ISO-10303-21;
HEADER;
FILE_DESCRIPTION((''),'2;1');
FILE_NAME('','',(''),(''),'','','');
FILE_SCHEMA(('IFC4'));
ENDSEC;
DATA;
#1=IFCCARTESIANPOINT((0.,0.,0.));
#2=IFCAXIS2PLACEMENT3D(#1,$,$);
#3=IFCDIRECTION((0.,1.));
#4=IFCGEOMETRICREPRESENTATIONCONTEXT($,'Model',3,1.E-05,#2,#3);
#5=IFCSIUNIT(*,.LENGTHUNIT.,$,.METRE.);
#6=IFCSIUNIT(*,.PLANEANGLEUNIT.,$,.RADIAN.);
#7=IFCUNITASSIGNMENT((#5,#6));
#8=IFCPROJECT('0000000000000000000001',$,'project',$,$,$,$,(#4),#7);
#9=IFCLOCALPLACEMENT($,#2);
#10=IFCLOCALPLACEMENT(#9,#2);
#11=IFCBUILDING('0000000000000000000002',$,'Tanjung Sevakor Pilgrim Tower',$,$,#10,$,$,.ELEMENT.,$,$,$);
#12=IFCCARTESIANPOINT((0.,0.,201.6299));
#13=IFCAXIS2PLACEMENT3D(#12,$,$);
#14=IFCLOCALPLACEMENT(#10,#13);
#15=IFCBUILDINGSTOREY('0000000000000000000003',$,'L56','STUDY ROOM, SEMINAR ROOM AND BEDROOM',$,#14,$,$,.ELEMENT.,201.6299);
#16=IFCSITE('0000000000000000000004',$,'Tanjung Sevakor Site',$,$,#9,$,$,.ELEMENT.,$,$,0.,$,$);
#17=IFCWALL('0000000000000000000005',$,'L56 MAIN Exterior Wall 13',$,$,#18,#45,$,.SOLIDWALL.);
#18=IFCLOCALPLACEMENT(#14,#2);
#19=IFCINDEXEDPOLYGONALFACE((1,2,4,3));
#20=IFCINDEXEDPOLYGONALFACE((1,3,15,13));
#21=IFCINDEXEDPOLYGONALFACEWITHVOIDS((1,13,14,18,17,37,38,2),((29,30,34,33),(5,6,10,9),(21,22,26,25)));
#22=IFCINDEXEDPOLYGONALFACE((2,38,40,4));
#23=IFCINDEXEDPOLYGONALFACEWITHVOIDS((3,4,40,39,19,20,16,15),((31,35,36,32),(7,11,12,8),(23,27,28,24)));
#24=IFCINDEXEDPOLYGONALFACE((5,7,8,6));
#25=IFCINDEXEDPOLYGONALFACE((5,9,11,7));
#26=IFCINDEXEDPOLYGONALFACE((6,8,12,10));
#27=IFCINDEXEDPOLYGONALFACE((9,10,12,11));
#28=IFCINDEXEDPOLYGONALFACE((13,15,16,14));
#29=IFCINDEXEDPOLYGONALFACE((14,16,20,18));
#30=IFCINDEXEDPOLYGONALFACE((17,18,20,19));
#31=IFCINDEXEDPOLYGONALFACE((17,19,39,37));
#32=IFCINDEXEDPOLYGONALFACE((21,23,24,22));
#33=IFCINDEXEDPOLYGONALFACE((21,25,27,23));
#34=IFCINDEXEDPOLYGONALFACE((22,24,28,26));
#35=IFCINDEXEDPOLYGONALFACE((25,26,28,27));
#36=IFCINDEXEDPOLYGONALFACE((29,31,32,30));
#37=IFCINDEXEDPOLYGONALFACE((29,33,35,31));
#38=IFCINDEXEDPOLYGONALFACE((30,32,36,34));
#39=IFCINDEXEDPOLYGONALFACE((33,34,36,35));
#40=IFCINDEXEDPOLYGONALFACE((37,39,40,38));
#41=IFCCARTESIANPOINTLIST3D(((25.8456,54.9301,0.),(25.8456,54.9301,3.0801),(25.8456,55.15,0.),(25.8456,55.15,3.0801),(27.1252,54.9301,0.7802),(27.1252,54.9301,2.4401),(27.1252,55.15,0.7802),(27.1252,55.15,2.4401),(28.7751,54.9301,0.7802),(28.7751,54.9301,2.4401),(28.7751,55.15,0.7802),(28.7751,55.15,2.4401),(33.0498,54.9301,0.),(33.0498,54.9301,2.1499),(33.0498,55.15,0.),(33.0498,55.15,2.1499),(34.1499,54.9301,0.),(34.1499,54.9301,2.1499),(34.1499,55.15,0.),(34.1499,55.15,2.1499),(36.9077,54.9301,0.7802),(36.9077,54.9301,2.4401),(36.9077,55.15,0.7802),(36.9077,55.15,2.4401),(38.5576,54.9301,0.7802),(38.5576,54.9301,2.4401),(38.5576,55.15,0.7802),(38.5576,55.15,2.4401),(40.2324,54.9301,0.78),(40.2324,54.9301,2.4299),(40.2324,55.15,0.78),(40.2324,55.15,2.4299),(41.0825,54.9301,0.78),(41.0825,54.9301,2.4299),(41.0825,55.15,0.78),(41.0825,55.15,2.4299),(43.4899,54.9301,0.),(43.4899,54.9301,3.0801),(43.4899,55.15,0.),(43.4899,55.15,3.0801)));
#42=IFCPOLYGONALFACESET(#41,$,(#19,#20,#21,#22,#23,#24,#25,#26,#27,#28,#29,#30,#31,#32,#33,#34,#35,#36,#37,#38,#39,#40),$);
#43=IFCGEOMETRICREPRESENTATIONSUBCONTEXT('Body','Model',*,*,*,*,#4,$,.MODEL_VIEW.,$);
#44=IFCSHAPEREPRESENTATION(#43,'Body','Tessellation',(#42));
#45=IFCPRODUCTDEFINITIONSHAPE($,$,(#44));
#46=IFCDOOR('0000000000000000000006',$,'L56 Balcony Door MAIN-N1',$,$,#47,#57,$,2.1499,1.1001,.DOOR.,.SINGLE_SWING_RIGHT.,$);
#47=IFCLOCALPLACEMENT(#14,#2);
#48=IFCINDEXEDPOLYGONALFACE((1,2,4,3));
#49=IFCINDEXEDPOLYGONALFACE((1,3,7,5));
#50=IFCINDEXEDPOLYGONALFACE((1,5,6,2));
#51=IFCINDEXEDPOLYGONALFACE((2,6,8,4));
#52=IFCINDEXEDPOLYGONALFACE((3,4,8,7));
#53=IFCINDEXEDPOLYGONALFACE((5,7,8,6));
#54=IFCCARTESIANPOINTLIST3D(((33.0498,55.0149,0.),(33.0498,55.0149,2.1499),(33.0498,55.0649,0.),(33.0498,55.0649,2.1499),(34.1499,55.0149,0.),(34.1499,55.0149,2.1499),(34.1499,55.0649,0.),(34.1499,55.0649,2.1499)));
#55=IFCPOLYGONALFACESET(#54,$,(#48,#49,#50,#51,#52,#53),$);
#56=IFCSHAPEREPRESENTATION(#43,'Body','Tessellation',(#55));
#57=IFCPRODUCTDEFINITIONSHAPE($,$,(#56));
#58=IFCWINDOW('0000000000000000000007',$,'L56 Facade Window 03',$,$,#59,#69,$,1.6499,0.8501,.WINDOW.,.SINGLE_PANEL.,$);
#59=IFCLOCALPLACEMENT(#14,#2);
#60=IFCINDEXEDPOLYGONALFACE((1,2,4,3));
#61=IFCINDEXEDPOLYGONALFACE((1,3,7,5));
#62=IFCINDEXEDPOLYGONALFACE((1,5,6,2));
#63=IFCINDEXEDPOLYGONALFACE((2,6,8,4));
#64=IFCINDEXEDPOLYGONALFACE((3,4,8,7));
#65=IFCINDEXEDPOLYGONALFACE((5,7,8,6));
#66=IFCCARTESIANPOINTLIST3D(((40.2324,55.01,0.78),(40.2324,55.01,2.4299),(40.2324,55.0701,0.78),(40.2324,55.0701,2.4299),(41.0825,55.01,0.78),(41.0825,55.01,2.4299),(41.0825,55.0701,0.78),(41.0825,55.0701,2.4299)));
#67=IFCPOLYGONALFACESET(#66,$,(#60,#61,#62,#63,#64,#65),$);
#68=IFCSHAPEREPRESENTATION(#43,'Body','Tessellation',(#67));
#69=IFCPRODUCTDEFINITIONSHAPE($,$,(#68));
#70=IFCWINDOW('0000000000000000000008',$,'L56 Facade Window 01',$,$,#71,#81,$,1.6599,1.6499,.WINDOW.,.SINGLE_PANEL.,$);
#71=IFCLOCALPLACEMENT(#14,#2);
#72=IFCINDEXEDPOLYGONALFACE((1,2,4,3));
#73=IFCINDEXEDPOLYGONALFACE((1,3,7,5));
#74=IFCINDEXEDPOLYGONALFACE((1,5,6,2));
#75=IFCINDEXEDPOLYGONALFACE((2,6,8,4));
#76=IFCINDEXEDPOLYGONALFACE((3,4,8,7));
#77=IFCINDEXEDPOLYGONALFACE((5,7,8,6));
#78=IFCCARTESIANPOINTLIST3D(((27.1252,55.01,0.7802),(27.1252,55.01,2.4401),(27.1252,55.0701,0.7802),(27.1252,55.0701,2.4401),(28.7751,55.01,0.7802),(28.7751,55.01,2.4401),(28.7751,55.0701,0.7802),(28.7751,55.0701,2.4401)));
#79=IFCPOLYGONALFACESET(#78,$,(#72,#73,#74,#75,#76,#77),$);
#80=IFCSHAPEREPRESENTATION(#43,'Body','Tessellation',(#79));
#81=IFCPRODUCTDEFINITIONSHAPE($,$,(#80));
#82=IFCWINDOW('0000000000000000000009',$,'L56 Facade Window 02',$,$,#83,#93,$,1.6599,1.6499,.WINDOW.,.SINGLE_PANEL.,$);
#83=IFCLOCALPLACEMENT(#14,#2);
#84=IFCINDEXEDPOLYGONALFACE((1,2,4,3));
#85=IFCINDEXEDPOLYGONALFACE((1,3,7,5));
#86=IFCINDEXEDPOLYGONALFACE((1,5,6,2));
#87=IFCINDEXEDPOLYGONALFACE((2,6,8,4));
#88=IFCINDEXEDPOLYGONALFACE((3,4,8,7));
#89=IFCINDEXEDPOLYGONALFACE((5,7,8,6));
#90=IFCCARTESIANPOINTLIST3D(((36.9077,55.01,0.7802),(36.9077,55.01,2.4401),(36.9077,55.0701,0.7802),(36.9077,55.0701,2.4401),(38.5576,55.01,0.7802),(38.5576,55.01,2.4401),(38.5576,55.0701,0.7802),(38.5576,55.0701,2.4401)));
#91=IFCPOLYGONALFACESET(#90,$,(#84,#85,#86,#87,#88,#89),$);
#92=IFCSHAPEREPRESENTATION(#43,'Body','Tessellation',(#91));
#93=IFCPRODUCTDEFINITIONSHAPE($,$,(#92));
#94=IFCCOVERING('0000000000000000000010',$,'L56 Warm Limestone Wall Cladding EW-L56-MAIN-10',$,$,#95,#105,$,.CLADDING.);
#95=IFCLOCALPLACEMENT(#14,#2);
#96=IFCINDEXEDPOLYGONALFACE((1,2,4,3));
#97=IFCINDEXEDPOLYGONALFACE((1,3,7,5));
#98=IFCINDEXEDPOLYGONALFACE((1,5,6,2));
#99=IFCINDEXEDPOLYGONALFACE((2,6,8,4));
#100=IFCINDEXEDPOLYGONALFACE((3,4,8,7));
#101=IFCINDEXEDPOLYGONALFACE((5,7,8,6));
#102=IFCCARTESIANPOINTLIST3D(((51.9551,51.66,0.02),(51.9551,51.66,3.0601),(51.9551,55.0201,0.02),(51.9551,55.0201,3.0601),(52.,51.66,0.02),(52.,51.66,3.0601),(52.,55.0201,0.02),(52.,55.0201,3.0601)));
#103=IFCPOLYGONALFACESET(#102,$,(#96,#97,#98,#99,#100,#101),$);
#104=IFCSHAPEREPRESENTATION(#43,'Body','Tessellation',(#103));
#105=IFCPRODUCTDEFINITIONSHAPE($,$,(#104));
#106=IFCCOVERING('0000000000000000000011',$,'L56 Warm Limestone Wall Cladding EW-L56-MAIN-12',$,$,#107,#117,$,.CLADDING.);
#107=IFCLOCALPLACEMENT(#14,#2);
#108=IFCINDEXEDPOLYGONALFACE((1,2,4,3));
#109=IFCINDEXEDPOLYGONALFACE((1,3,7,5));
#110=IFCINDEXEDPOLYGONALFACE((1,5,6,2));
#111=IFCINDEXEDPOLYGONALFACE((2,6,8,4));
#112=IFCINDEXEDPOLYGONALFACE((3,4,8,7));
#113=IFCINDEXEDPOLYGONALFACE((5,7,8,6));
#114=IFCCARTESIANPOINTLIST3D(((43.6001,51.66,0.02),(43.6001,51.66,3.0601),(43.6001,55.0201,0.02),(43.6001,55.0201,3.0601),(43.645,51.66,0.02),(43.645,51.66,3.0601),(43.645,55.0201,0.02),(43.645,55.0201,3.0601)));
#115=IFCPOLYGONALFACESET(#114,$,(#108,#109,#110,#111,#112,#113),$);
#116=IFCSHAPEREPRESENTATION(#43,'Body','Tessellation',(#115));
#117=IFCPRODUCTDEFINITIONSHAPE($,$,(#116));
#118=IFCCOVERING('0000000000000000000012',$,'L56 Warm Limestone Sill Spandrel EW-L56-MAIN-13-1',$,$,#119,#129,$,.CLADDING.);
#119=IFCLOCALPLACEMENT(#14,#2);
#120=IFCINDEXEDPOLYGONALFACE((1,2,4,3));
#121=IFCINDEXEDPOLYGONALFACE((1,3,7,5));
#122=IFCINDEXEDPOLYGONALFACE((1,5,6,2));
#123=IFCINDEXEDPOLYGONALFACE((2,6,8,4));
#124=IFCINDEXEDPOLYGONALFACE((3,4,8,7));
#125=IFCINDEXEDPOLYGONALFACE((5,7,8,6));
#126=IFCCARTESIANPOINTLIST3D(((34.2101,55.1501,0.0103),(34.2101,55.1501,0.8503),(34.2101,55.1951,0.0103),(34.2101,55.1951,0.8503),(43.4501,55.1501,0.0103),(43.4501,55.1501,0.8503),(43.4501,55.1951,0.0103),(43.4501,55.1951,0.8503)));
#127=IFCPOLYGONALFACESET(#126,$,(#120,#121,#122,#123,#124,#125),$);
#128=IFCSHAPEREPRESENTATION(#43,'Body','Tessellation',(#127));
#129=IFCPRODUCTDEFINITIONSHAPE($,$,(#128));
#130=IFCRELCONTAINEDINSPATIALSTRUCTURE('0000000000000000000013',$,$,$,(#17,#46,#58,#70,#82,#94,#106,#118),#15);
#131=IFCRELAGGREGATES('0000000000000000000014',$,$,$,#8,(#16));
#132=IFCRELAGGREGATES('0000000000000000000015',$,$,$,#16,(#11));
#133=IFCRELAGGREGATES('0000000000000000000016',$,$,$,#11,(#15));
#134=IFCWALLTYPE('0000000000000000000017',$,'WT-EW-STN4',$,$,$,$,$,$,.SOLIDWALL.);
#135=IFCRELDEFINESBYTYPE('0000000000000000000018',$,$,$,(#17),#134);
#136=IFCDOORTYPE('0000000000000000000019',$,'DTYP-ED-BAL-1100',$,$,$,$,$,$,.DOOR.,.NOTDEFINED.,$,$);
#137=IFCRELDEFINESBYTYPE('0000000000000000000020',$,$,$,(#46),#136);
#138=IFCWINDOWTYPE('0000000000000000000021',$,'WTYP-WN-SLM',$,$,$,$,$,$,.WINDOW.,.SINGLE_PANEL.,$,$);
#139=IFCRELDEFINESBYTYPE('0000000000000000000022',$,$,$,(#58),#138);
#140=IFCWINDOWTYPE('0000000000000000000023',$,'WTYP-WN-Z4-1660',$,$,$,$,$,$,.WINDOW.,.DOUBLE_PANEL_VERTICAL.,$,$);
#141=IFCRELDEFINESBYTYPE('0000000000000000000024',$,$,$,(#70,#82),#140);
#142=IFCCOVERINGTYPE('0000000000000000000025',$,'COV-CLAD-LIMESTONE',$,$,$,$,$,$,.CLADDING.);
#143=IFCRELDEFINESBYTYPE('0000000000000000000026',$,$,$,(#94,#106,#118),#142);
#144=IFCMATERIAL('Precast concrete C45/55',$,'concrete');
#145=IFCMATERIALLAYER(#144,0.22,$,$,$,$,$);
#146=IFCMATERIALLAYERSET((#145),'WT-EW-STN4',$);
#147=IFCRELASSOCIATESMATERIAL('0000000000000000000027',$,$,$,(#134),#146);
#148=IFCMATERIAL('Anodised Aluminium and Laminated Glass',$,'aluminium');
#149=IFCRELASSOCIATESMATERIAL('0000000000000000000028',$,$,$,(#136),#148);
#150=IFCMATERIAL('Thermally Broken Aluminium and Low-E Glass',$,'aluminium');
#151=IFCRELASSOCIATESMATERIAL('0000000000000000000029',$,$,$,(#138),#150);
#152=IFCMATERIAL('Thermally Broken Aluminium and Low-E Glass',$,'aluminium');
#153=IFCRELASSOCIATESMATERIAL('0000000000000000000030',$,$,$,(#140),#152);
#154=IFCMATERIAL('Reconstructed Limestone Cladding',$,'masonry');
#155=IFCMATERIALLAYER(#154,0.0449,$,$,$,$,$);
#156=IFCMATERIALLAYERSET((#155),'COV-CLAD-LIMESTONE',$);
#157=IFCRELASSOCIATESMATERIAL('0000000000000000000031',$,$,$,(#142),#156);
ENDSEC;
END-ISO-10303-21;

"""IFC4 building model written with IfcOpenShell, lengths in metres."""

from ifc_helpers import new_model, si_unit, direction, frame, frame_2d, origin, origin_2d, place, context, subcontext, project, spatial, rectangle, extrude, material, layer, layer_set, type_object, element, fill, save


model = new_model("IFC4")

# Units and contexts
model_context = context("Model", 3, precision=1e-05, world=origin(), true_north=direction((0.0, 1.0)))
body_context = subcontext(model_context, "Body", "Model", "MODEL_VIEW")
ifc_project = project(units=[si_unit("LENGTHUNIT", "METRE"), si_unit("PLANEANGLEUNIT", "RADIAN")], contexts=[model_context])

# Site, building, storey
site_placement = place(None, origin())
site = spatial("IfcSite", under=ifc_project, at=site_placement, Name="Tanjung Sevakor Site", CompositionType="ELEMENT", RefElevation=0.0)
building_placement = place(site_placement, origin())
building = spatial("IfcBuilding", under=site, at=building_placement, Name="Tanjung Sevakor Pilgrim Tower", CompositionType="ELEMENT")
storey_placement = place(building_placement, frame((0.0, 0.0, 201.6299)))
storey = spatial("IfcBuildingStorey", under=building, at=storey_placement, Name="L56", Description="STUDY ROOM, SEMINAR ROOM AND BEDROOM", CompositionType="ELEMENT", Elevation=201.6299)

# Shared definitions
ifc_material_1 = material(Name="Precast concrete C45/55", Category="concrete")
ifc_layer_1 = layer(ifc_material_1, 0.22)
ifc_layer_set_1 = layer_set([ifc_layer_1], Name="WT-EW-STN4")
wall_type_1 = type_object("IfcWallType", Name="WT-EW-STN4", PredefinedType="SOLIDWALL", material=ifc_layer_set_1)

# Wall, openings, door, windows
wall_1_placement = place(storey_placement, frame((43.49, 55.04, 0.0), z_axis=(0.0, 0.0, 1.0), x_axis=(-1.0, 0.0, 0.0)))
wall_1 = element("IfcWall", 1, at=wall_1_placement, inside=storey, type_object=wall_type_1, Name="L56 MAIN Exterior Wall 13", PredefinedType="SOLIDWALL", context=body_context, shape_type="SweptSolid", body=[
    extrude(rectangle(XDim=17.6443, YDim=0.22, at=frame_2d((8.8223, 0.0))), origin(), (0.0, 0.0, 1.0), 3.0801),
])
opening_1_placement = place(wall_1_placement, frame((9.3401, 0.0, 0.0)))
opening_1 = element("IfcOpeningElement", 2, at=opening_1_placement, cuts=wall_1, PredefinedType="OPENING", context=body_context, shape_type="SweptSolid", body=[
    extrude(rectangle(XDim=1.1001, YDim=2.1499, at=frame_2d((0.55, 1.075))), frame((0.0, 0.1199, 0.0), z_axis=(0.0, -1.0, 0.0), x_axis=(1.0, 0.0, 0.0)), (0.0, 0.0, 1.0), 0.24),
])
opening_2_placement = place(wall_1_placement, frame((14.7148, 0.0, 0.78)))
opening_2 = element("IfcOpeningElement", 3, at=opening_2_placement, cuts=wall_1, PredefinedType="OPENING", context=body_context, shape_type="SweptSolid", body=[
    extrude(rectangle(XDim=1.6499, YDim=1.6599, at=frame_2d((0.825, 0.8301))), frame((0.0, 0.1199, 0.0), z_axis=(0.0, -1.0, 0.0), x_axis=(1.0, 0.0, 0.0)), (0.0, 0.0, 1.0), 0.24),
])
opening_3_placement = place(wall_1_placement, frame((4.9324, 0.0, 0.78)))
opening_3 = element("IfcOpeningElement", 4, at=opening_3_placement, cuts=wall_1, PredefinedType="OPENING", context=body_context, shape_type="SweptSolid", body=[
    extrude(rectangle(XDim=1.6499, YDim=1.6599, at=frame_2d((0.825, 0.8301))), frame((0.0, 0.1199, 0.0), z_axis=(0.0, -1.0, 0.0), x_axis=(1.0, 0.0, 0.0)), (0.0, 0.0, 1.0), 0.24),
])
opening_4_placement = place(wall_1_placement, frame((2.4075, 0.0, 0.78)))
opening_4 = element("IfcOpeningElement", 5, at=opening_4_placement, cuts=wall_1, PredefinedType="OPENING", context=body_context, shape_type="SweptSolid", body=[
    extrude(rectangle(XDim=0.8501, YDim=1.6499, at=frame_2d((0.425, 0.825))), frame((0.0, 0.1199, 0.0), z_axis=(0.0, -1.0, 0.0), x_axis=(1.0, 0.0, 0.0)), (0.0, 0.0, 1.0), 0.24),
])
ifc_material_2 = material(Name="Anodised Aluminium and Laminated Glass", Category="aluminium")
door_type_1 = type_object("IfcDoorType", Name="DTYP-ED-BAL-1100", OperationType="NOTDEFINED", PredefinedType="DOOR", material=ifc_material_2)
door_1_placement = place(opening_1_placement, frame((1.1001, 0.0, 0.0), z_axis=(0.0, 0.0, 1.0), x_axis=(-1.0, 0.0, 0.0)))
door_1 = element("IfcDoor", 6, at=door_1_placement, inside=storey, type_object=door_type_1, Name="L56 Balcony Door MAIN-N1", OperationType="SINGLE_SWING_RIGHT", OverallHeight=2.1499, OverallWidth=1.1001, PredefinedType="DOOR", context=body_context, shape_type="SweptSolid", body=[
    extrude(rectangle(XDim=1.1001, YDim=2.1499, at=frame_2d((0.55, 1.075))), frame((0.0, 0.0249, 0.0), z_axis=(0.0, -1.0, 0.0), x_axis=(1.0, 0.0, 0.0)), (0.0, 0.0, 1.0), 0.05),
])
fill(opening_1, door_1)
ifc_material_3 = material(Name="Thermally Broken Aluminium and Low-E Glass", Category="aluminium")
window_type_1 = type_object("IfcWindowType", Name="WTYP-WN-SLM", PartitioningType="SINGLE_PANEL", PredefinedType="WINDOW", material=ifc_material_3)
window_1_placement = place(opening_4_placement, origin())
window_1 = element("IfcWindow", 7, at=window_1_placement, inside=storey, type_object=window_type_1, Name="L56 Facade Window 03", OverallHeight=1.6499, OverallWidth=0.8501, PartitioningType="SINGLE_PANEL", PredefinedType="WINDOW", context=body_context, shape_type="SweptSolid", body=[
    extrude(rectangle(XDim=0.8501, YDim=1.6499, at=frame_2d((0.425, 0.825))), frame((0.0, 0.03, 0.0), z_axis=(0.0, -1.0, 0.0), x_axis=(1.0, 0.0, 0.0)), (0.0, 0.0, 1.0), 0.0601),
])
fill(opening_4, window_1)
ifc_material_4 = material(Name="Thermally Broken Aluminium and Low-E Glass", Category="aluminium")
window_type_2 = type_object("IfcWindowType", Name="WTYP-WN-Z4-1660", PartitioningType="DOUBLE_PANEL_VERTICAL", PredefinedType="WINDOW", material=ifc_material_4)
window_2_placement = place(opening_2_placement, origin())
window_2 = element("IfcWindow", 8, at=window_2_placement, inside=storey, type_object=window_type_2, Name="L56 Facade Window 01", OverallHeight=1.6599, OverallWidth=1.6499, PartitioningType="SINGLE_PANEL", PredefinedType="WINDOW", context=body_context, shape_type="SweptSolid", body=[
    extrude(rectangle(XDim=1.6499, YDim=1.6599, at=frame_2d((0.825, 0.8301))), frame((0.0, 0.03, 0.0), z_axis=(0.0, -1.0, 0.0), x_axis=(1.0, 0.0, 0.0)), (0.0, 0.0, 1.0), 0.0601),
])
fill(opening_2, window_2)
window_3_placement = place(opening_3_placement, origin())
window_3 = element("IfcWindow", 9, at=window_3_placement, inside=storey, type_object=window_type_2, Name="L56 Facade Window 02", OverallHeight=1.6599, OverallWidth=1.6499, PartitioningType="SINGLE_PANEL", PredefinedType="WINDOW", context=body_context, shape_type="SweptSolid", body=[
    extrude(rectangle(XDim=1.6499, YDim=1.6599, at=frame_2d((0.825, 0.8301))), frame((0.0, 0.03, 0.0), z_axis=(0.0, -1.0, 0.0), x_axis=(1.0, 0.0, 0.0)), (0.0, 0.0, 1.0), 0.0601),
])
fill(opening_3, window_3)

# Coverings
ifc_material_5 = material(Name="Reconstructed Limestone Cladding", Category="masonry")
ifc_layer_2 = layer(ifc_material_5, 0.0449)
ifc_layer_set_2 = layer_set([ifc_layer_2], Name="COV-CLAD-LIMESTONE")
covering_type = type_object("IfcCoveringType", Name="COV-CLAD-LIMESTONE", PredefinedType="CLADDING", material=ifc_layer_set_2)
for number, where, z_axis, x_axis, name in (
    (10, (51.9775, 53.3401, 0.02), (0.0, 0.0, 1.0), (0.0, -1.0, 0.0), "L56 Warm Limestone Wall Cladding EW-L56-MAIN-10"),
    (11, (43.6226, 53.3401, 0.02), (0.0, 0.0, 1.0), (0.0, 1.0, 0.0), "L56 Warm Limestone Wall Cladding EW-L56-MAIN-12"),
):
    element("IfcCovering", number, at=place(storey_placement, frame(where, z_axis=z_axis, x_axis=x_axis)), inside=storey, type_object=covering_type, Name=name, PredefinedType="CLADDING", context=body_context, shape_type="SweptSolid", body=[
        extrude(rectangle(XDim=3.3601, YDim=0.0449, at=origin_2d()), origin(), (0.0, 0.0, 1.0), 3.04),
    ])
covering_placement = place(storey_placement, frame((38.8301, 55.1726, 0.0103), z_axis=(0.0, 0.0, 1.0), x_axis=(-1.0, 0.0, 0.0)))
element("IfcCovering", 12, at=covering_placement, inside=storey, type_object=covering_type, Name="L56 Warm Limestone Sill Spandrel EW-L56-MAIN-13-1", PredefinedType="CLADDING", context=body_context, shape_type="SweptSolid", body=[
    extrude(rectangle(XDim=9.24, YDim=0.0449, at=origin_2d()), origin(), (0.0, 0.0, 1.0), 0.8401),
])

save(model, "model.ifc")
